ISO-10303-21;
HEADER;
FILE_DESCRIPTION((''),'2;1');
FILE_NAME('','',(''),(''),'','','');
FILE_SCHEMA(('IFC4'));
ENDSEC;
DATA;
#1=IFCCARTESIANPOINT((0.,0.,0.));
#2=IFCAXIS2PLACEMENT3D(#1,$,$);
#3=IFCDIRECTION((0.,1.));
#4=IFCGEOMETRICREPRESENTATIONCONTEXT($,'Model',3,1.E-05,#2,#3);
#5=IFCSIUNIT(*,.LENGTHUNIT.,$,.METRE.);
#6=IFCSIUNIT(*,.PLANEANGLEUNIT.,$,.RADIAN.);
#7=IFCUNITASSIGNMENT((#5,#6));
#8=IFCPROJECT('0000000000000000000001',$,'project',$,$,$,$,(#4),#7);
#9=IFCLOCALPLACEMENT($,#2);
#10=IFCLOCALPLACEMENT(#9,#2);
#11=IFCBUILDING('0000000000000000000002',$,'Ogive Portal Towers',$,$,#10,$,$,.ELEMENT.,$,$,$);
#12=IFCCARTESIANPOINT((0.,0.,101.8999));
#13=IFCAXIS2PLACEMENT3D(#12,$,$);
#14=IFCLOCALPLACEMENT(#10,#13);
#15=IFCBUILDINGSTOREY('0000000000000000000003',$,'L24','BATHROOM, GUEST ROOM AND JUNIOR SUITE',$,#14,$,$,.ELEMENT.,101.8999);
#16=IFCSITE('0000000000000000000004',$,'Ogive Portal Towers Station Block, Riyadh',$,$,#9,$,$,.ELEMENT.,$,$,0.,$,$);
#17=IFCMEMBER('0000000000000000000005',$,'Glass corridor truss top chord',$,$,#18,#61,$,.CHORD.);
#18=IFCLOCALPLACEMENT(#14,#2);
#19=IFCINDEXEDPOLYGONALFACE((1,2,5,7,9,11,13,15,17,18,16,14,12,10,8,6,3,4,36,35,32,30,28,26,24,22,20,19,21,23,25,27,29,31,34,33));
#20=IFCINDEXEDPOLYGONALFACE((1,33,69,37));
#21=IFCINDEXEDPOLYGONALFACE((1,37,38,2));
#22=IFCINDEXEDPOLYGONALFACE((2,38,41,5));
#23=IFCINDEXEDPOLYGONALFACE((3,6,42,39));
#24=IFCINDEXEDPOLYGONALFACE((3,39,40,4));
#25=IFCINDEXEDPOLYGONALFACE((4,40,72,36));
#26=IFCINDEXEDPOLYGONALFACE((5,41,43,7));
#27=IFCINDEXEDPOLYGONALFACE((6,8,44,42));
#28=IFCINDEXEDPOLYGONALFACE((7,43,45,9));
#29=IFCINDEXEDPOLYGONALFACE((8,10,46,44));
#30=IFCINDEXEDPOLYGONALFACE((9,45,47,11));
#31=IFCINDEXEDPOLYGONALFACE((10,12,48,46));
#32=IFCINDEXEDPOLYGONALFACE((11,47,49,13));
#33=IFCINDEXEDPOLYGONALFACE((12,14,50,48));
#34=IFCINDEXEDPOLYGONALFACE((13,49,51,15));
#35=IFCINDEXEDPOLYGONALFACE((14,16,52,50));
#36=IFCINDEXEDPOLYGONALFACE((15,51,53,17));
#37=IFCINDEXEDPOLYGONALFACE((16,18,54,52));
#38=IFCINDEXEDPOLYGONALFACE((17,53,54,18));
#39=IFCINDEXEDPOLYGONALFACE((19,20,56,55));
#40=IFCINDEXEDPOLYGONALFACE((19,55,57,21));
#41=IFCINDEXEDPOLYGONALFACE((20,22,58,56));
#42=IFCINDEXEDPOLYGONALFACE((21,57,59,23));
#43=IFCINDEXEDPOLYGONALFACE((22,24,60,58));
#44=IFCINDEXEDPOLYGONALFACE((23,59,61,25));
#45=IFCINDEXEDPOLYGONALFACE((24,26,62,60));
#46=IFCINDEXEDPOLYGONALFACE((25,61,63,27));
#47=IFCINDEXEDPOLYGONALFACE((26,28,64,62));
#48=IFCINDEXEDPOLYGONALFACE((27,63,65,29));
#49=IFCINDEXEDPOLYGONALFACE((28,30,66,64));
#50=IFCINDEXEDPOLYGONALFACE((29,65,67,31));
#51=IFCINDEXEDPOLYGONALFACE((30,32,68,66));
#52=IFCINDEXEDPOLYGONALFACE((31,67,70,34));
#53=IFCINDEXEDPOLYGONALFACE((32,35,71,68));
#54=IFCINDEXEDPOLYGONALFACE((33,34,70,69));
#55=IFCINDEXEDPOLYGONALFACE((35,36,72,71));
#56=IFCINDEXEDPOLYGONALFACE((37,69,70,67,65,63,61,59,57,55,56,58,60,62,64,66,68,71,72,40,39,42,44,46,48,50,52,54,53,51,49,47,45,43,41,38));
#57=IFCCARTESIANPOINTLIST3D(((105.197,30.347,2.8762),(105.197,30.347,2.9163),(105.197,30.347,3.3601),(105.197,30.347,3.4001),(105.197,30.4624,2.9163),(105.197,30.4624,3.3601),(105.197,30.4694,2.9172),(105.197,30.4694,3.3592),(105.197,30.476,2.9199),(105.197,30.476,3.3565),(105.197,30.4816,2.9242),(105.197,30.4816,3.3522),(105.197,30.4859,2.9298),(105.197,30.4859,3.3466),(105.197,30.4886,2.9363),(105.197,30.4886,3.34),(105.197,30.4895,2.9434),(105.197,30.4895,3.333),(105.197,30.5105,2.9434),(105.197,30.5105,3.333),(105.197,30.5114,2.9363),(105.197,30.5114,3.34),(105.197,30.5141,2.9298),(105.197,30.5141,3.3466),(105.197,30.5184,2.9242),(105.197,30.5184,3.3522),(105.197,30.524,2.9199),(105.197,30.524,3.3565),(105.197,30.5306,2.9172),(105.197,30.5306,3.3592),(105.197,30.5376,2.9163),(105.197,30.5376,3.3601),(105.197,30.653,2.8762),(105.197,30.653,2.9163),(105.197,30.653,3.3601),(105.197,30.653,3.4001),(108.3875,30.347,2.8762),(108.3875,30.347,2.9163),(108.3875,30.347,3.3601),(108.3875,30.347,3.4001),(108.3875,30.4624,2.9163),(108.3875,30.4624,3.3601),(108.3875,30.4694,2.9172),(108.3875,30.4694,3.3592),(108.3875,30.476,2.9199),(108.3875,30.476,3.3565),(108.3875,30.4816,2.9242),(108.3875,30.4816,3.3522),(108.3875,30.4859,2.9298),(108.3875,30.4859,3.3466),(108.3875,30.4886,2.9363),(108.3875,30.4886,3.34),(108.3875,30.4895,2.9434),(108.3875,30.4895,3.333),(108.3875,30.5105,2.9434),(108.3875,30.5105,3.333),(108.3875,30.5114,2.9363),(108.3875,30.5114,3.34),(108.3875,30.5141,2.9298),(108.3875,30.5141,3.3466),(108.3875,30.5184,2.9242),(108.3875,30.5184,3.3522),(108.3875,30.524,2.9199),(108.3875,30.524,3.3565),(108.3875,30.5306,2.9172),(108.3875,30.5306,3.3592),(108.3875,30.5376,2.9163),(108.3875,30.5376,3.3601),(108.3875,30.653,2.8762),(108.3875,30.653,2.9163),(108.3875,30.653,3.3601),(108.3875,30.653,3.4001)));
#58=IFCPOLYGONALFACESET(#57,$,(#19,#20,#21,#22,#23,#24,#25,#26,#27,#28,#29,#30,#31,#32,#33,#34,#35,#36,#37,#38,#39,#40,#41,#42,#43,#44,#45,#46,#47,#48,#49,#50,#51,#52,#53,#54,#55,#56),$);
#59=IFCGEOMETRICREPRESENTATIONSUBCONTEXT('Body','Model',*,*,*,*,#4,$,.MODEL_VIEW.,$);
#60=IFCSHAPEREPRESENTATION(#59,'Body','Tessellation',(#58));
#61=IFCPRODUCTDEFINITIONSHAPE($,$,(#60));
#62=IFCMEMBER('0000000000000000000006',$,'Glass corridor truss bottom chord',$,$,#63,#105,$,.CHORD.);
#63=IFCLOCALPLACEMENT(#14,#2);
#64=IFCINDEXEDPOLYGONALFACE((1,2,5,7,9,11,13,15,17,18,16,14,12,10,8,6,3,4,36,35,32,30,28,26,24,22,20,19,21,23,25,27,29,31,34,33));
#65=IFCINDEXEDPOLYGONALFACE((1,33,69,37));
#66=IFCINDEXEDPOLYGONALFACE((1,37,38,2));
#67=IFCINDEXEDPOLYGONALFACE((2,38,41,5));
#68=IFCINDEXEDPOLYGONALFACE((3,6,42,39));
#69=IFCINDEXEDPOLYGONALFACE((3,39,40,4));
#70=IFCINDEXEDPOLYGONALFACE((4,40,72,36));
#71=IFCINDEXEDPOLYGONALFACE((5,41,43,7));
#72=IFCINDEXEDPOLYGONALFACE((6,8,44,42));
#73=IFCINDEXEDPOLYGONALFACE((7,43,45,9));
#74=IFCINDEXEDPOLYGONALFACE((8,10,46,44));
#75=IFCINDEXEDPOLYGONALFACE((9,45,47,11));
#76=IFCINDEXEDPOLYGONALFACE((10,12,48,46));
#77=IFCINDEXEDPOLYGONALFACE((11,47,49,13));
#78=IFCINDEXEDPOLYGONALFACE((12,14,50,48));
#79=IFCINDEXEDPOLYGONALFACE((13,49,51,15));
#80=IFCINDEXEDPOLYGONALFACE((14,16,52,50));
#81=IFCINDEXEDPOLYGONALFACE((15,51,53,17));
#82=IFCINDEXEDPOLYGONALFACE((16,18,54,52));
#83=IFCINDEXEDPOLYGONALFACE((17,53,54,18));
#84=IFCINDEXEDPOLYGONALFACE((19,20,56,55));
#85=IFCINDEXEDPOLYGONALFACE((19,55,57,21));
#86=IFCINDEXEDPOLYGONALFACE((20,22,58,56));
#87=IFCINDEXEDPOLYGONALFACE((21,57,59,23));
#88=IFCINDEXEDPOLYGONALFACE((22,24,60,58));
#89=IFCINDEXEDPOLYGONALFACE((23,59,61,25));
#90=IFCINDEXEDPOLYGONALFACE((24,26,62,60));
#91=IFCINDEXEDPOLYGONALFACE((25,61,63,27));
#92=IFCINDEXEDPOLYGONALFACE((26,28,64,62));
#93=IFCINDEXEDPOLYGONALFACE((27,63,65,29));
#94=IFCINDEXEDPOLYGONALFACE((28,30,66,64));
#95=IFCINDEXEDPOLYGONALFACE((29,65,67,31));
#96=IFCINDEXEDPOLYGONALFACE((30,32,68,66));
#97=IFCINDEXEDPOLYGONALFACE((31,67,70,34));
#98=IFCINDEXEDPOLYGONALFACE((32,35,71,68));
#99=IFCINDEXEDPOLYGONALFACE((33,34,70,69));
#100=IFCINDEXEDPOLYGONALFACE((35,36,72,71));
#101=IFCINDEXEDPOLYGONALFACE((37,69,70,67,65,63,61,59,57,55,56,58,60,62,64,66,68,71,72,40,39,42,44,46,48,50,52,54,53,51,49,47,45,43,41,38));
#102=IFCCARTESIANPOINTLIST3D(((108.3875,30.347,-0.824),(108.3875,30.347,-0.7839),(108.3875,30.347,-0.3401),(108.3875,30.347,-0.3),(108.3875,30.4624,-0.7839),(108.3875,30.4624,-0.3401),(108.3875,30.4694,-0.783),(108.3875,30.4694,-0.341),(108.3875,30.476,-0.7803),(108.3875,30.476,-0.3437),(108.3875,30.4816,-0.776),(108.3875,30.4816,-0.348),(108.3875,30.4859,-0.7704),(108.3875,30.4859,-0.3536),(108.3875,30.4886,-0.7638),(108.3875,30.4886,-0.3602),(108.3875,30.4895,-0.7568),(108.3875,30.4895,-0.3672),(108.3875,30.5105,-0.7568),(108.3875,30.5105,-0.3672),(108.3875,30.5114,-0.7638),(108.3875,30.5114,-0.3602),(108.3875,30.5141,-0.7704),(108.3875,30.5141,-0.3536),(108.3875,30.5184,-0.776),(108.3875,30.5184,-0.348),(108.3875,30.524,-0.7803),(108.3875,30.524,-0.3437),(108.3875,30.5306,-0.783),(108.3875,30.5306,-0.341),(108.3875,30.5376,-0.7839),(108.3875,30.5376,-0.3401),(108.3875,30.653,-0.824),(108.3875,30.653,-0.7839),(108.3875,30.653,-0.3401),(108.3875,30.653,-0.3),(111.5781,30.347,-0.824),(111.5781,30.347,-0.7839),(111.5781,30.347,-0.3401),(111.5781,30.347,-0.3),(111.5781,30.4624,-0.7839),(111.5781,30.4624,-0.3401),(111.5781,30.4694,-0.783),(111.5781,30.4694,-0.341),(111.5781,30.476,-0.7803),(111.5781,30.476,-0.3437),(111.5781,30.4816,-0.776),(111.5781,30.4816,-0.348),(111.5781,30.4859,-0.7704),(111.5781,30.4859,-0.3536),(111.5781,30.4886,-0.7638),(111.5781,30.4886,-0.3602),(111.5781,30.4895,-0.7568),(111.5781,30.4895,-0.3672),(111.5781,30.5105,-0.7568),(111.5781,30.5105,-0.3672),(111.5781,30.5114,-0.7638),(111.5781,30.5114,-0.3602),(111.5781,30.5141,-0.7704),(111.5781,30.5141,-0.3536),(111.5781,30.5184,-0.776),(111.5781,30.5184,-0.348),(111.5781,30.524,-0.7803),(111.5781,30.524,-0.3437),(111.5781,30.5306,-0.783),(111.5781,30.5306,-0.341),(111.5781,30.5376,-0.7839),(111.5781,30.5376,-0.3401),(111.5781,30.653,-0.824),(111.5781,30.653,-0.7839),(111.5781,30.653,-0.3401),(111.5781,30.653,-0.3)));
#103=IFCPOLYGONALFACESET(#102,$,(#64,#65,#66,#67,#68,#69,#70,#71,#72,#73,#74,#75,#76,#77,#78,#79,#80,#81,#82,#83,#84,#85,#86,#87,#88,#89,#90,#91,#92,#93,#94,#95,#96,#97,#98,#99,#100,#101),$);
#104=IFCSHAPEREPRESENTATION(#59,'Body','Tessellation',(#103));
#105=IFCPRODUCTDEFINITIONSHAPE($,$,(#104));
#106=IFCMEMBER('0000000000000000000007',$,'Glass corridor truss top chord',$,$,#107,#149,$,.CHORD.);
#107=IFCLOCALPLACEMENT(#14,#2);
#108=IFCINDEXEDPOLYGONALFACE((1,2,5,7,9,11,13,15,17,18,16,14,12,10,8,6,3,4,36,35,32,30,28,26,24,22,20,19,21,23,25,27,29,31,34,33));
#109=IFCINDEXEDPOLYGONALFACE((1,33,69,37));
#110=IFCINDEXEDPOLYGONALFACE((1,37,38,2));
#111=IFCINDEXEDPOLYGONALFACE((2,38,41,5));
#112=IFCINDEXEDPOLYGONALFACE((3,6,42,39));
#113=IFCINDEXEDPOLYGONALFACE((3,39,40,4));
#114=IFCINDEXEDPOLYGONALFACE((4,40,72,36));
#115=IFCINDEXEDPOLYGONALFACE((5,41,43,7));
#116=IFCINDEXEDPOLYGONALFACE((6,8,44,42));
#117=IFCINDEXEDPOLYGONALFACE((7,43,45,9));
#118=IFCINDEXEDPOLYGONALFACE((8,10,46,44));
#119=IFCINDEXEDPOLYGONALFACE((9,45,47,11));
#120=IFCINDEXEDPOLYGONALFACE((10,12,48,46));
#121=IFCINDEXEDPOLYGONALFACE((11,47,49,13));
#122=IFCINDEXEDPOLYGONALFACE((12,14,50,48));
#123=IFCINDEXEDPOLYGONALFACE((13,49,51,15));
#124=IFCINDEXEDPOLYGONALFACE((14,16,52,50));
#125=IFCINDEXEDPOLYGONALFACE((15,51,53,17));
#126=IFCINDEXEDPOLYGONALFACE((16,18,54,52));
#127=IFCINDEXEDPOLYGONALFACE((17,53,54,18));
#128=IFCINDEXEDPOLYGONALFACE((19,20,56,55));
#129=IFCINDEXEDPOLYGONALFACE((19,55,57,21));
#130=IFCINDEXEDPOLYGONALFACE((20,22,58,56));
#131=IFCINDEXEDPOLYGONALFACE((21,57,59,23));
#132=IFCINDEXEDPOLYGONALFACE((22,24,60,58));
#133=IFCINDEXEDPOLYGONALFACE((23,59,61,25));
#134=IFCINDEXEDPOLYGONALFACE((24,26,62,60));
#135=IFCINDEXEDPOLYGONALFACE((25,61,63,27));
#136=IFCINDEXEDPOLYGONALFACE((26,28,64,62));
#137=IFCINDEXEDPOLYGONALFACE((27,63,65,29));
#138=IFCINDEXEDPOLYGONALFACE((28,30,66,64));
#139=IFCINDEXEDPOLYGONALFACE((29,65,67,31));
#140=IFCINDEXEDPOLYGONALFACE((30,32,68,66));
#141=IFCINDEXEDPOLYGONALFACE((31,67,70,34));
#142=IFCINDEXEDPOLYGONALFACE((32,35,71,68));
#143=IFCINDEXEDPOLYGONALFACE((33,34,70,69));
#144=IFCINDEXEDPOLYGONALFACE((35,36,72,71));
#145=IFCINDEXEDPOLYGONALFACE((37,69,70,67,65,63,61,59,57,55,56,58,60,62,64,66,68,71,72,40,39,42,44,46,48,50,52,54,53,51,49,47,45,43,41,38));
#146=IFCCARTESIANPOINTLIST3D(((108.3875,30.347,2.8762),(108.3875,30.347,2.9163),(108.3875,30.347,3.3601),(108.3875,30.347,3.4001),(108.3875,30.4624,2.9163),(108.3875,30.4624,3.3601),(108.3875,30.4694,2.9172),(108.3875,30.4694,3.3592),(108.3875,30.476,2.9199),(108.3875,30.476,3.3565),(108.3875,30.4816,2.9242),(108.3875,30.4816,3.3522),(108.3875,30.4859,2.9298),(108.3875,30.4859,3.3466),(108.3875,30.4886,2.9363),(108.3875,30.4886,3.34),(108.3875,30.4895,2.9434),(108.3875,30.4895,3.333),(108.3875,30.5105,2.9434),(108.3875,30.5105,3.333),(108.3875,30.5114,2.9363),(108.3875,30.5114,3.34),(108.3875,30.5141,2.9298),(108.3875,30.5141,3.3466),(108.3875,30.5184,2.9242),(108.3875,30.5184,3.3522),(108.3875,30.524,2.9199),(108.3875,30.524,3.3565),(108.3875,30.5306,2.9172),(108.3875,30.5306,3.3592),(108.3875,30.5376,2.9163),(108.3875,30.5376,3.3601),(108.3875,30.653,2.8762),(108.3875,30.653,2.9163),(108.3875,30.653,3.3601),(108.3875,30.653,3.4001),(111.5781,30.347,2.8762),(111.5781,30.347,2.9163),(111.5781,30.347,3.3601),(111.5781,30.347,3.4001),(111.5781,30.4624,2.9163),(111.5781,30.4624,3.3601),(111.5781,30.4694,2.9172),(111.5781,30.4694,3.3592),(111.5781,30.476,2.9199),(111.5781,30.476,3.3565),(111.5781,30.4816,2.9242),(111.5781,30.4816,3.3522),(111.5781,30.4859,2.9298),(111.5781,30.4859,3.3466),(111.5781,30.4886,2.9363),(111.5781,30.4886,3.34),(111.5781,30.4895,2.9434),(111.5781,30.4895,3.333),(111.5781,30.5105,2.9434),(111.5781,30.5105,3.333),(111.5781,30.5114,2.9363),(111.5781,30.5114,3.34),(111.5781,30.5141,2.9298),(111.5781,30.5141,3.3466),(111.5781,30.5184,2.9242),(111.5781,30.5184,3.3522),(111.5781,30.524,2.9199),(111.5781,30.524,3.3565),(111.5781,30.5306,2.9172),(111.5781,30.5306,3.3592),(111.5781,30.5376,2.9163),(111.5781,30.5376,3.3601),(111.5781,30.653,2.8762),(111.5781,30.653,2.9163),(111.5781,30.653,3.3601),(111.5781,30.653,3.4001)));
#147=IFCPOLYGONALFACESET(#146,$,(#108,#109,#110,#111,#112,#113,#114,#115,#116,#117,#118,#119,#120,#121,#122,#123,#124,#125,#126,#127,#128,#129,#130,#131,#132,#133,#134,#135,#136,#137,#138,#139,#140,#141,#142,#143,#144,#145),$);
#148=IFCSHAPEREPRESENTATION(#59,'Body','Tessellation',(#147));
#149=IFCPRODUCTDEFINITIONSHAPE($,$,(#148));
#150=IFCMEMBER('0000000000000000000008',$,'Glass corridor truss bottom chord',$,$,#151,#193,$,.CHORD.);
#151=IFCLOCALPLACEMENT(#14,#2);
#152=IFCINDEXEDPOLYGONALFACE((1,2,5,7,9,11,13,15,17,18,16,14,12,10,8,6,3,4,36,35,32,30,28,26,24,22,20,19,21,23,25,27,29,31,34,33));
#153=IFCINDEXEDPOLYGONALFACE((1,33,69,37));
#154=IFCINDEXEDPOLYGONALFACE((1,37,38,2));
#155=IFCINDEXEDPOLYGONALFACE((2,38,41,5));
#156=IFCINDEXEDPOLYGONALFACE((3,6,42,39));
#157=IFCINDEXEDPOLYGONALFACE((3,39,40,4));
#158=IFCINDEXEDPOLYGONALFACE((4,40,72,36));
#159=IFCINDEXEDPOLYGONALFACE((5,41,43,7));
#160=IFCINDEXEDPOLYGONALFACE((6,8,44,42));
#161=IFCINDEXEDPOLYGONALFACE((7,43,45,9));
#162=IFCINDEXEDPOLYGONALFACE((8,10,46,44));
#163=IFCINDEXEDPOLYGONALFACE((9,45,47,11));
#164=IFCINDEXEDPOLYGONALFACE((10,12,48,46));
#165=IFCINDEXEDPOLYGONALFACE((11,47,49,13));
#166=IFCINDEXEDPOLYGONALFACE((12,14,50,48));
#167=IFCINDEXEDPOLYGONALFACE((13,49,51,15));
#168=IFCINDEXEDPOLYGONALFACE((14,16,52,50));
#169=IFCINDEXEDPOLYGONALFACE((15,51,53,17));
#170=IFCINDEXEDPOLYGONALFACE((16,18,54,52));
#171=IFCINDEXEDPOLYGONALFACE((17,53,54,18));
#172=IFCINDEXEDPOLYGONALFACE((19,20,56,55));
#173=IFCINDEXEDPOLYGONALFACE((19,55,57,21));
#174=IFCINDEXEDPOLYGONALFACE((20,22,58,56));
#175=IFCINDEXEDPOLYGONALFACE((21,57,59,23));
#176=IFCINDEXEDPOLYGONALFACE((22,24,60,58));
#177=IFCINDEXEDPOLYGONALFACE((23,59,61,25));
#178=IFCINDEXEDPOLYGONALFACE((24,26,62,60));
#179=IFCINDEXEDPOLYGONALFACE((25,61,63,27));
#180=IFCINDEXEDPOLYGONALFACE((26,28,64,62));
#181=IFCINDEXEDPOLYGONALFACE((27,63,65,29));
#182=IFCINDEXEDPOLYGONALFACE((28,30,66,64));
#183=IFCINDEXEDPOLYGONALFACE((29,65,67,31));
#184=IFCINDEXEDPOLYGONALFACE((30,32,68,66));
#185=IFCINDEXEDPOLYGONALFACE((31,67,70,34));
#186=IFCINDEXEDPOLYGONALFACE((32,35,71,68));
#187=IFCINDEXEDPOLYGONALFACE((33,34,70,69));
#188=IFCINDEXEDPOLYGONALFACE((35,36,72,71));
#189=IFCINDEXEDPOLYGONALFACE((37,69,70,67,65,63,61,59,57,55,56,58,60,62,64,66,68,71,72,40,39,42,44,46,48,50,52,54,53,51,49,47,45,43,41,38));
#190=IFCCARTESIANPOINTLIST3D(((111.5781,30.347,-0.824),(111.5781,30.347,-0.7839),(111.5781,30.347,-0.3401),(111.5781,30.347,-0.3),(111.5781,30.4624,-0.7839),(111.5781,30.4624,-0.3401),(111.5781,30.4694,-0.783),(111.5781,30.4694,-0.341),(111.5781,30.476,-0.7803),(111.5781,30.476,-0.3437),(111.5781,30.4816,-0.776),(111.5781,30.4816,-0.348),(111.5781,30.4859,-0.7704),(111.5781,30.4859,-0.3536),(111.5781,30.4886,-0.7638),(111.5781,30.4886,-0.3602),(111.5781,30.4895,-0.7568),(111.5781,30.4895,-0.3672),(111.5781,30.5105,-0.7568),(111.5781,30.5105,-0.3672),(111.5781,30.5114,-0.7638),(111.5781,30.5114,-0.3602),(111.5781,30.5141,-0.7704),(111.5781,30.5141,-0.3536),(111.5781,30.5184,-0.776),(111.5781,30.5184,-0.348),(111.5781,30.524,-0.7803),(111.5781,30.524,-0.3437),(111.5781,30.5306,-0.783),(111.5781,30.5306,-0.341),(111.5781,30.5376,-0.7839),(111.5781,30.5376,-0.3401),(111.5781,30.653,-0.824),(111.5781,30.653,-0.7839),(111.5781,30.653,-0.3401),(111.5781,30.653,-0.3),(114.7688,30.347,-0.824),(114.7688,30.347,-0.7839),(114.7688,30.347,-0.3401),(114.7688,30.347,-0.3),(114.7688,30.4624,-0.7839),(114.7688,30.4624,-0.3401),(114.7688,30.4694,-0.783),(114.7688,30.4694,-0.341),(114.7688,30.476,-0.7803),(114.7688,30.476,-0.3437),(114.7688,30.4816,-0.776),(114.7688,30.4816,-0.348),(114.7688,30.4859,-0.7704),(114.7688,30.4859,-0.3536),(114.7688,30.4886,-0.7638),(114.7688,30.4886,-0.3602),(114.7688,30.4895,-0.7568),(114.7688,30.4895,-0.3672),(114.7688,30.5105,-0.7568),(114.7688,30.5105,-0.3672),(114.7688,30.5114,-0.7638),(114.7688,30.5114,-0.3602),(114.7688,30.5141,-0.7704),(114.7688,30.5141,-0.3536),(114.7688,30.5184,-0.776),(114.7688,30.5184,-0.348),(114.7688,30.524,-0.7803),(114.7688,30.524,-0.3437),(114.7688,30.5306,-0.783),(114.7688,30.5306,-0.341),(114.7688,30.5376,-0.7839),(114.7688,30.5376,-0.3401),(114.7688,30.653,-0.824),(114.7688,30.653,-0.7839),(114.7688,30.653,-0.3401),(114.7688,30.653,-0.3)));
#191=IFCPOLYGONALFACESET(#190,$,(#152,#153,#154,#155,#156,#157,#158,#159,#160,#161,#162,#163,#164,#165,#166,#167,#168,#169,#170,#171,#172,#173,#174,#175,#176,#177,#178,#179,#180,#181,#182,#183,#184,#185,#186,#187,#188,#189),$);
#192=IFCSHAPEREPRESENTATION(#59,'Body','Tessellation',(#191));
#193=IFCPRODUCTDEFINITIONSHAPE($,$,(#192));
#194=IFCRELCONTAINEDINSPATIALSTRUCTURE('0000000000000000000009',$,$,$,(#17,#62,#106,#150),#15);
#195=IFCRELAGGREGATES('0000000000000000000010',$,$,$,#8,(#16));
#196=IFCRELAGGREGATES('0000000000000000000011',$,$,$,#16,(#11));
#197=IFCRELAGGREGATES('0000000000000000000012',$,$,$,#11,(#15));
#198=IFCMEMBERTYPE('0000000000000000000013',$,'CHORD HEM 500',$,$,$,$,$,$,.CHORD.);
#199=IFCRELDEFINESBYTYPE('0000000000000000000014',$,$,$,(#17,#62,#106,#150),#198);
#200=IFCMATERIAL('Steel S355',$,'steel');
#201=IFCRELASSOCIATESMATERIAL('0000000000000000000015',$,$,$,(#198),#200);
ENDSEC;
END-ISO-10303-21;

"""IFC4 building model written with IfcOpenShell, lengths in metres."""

from ifc_helpers import new_model, si_unit, direction, frame, origin, origin_2d, place, context, subcontext, project, spatial, i_section, extrude, material, material_profile, profile_set, type_object, element, save


model = new_model("IFC4")

# Units and contexts
model_context = context("Model", 3, precision=1e-05, world=origin(), true_north=direction((0.0, 1.0)))
body_context = subcontext(model_context, "Body", "Model", "MODEL_VIEW")
ifc_project = project(units=[si_unit("LENGTHUNIT", "METRE"), si_unit("PLANEANGLEUNIT", "RADIAN")], contexts=[model_context])

# Site, building, storey
site_placement = place(None, origin())
site = spatial("IfcSite", under=ifc_project, at=site_placement, Name="Ogive Portal Towers Station Block, Riyadh", CompositionType="ELEMENT", RefElevation=0.0)
building_placement = place(site_placement, origin())
building = spatial("IfcBuilding", under=site, at=building_placement, Name="Ogive Portal Towers", CompositionType="ELEMENT")
storey_placement = place(building_placement, frame((0.0, 0.0, 101.8999)))
storey = spatial("IfcBuildingStorey", under=building, at=storey_placement, Name="L24", Description="BATHROOM, GUEST ROOM AND JUNIOR SUITE", CompositionType="ELEMENT", Elevation=101.8999)

# Members
ifc_material_1 = material(Name="Steel S355", Category="steel")
ifc_material_profile_1 = material_profile(ifc_material_1, i_section(OverallWidth=0.3059, OverallDepth=0.5239, WebThickness=0.021, FlangeThickness=0.04, FilletRadius=0.0271, at=origin_2d()), Name="HEM 500")
ifc_profile_set_1 = profile_set([ifc_material_profile_1], Name="Steel S355")
member_type_1 = type_object("IfcMemberType", Name="CHORD HEM 500", PredefinedType="CHORD", material=ifc_profile_set_1)
for number, where, z_axis, x_axis, name in (
    (1, (105.197, 30.5, 3.1382), (1.0, 0.0, 0.0), (0.0, 1.0, 0.0), "Glass corridor truss top chord"),
):
    element("IfcMember", number, at=place(storey_placement, frame(where, z_axis=z_axis, x_axis=x_axis)), inside=storey, type_object=member_type_1, Name=name, PredefinedType="CHORD", context=body_context, shape_type="SweptSolid", body=[
        extrude(i_section(OverallWidth=0.3059, OverallDepth=0.5239, WebThickness=0.021, FlangeThickness=0.04, FilletRadius=0.0271, at=origin_2d()), origin(), (0.0, 0.0, 1.0), 3.1904),
    ])
for number, where, z_axis, x_axis, name in (
    (2, (108.3875, 30.5, -0.562), (1.0, 0.0, 0.0), (0.0, 1.0, 0.0), "Glass corridor truss bottom chord"),
    (3, (108.3875, 30.5, 3.1382), (1.0, 0.0, 0.0), (0.0, 1.0, 0.0), "Glass corridor truss top chord"),
    (4, (111.5781, 30.5, -0.562), (1.0, 0.0, 0.0), (0.0, 1.0, 0.0), "Glass corridor truss bottom chord"),
):
    element("IfcMember", number, at=place(storey_placement, frame(where, z_axis=z_axis, x_axis=x_axis)), inside=storey, type_object=member_type_1, Name=name, PredefinedType="CHORD", context=body_context, shape_type="SweptSolid", body=[
        extrude(i_section(OverallWidth=0.3059, OverallDepth=0.5239, WebThickness=0.021, FlangeThickness=0.04, FilletRadius=0.0271, at=origin_2d()), origin(), (0.0, 0.0, 1.0), 3.1907),
    ])

save(model, "model.ifc")
